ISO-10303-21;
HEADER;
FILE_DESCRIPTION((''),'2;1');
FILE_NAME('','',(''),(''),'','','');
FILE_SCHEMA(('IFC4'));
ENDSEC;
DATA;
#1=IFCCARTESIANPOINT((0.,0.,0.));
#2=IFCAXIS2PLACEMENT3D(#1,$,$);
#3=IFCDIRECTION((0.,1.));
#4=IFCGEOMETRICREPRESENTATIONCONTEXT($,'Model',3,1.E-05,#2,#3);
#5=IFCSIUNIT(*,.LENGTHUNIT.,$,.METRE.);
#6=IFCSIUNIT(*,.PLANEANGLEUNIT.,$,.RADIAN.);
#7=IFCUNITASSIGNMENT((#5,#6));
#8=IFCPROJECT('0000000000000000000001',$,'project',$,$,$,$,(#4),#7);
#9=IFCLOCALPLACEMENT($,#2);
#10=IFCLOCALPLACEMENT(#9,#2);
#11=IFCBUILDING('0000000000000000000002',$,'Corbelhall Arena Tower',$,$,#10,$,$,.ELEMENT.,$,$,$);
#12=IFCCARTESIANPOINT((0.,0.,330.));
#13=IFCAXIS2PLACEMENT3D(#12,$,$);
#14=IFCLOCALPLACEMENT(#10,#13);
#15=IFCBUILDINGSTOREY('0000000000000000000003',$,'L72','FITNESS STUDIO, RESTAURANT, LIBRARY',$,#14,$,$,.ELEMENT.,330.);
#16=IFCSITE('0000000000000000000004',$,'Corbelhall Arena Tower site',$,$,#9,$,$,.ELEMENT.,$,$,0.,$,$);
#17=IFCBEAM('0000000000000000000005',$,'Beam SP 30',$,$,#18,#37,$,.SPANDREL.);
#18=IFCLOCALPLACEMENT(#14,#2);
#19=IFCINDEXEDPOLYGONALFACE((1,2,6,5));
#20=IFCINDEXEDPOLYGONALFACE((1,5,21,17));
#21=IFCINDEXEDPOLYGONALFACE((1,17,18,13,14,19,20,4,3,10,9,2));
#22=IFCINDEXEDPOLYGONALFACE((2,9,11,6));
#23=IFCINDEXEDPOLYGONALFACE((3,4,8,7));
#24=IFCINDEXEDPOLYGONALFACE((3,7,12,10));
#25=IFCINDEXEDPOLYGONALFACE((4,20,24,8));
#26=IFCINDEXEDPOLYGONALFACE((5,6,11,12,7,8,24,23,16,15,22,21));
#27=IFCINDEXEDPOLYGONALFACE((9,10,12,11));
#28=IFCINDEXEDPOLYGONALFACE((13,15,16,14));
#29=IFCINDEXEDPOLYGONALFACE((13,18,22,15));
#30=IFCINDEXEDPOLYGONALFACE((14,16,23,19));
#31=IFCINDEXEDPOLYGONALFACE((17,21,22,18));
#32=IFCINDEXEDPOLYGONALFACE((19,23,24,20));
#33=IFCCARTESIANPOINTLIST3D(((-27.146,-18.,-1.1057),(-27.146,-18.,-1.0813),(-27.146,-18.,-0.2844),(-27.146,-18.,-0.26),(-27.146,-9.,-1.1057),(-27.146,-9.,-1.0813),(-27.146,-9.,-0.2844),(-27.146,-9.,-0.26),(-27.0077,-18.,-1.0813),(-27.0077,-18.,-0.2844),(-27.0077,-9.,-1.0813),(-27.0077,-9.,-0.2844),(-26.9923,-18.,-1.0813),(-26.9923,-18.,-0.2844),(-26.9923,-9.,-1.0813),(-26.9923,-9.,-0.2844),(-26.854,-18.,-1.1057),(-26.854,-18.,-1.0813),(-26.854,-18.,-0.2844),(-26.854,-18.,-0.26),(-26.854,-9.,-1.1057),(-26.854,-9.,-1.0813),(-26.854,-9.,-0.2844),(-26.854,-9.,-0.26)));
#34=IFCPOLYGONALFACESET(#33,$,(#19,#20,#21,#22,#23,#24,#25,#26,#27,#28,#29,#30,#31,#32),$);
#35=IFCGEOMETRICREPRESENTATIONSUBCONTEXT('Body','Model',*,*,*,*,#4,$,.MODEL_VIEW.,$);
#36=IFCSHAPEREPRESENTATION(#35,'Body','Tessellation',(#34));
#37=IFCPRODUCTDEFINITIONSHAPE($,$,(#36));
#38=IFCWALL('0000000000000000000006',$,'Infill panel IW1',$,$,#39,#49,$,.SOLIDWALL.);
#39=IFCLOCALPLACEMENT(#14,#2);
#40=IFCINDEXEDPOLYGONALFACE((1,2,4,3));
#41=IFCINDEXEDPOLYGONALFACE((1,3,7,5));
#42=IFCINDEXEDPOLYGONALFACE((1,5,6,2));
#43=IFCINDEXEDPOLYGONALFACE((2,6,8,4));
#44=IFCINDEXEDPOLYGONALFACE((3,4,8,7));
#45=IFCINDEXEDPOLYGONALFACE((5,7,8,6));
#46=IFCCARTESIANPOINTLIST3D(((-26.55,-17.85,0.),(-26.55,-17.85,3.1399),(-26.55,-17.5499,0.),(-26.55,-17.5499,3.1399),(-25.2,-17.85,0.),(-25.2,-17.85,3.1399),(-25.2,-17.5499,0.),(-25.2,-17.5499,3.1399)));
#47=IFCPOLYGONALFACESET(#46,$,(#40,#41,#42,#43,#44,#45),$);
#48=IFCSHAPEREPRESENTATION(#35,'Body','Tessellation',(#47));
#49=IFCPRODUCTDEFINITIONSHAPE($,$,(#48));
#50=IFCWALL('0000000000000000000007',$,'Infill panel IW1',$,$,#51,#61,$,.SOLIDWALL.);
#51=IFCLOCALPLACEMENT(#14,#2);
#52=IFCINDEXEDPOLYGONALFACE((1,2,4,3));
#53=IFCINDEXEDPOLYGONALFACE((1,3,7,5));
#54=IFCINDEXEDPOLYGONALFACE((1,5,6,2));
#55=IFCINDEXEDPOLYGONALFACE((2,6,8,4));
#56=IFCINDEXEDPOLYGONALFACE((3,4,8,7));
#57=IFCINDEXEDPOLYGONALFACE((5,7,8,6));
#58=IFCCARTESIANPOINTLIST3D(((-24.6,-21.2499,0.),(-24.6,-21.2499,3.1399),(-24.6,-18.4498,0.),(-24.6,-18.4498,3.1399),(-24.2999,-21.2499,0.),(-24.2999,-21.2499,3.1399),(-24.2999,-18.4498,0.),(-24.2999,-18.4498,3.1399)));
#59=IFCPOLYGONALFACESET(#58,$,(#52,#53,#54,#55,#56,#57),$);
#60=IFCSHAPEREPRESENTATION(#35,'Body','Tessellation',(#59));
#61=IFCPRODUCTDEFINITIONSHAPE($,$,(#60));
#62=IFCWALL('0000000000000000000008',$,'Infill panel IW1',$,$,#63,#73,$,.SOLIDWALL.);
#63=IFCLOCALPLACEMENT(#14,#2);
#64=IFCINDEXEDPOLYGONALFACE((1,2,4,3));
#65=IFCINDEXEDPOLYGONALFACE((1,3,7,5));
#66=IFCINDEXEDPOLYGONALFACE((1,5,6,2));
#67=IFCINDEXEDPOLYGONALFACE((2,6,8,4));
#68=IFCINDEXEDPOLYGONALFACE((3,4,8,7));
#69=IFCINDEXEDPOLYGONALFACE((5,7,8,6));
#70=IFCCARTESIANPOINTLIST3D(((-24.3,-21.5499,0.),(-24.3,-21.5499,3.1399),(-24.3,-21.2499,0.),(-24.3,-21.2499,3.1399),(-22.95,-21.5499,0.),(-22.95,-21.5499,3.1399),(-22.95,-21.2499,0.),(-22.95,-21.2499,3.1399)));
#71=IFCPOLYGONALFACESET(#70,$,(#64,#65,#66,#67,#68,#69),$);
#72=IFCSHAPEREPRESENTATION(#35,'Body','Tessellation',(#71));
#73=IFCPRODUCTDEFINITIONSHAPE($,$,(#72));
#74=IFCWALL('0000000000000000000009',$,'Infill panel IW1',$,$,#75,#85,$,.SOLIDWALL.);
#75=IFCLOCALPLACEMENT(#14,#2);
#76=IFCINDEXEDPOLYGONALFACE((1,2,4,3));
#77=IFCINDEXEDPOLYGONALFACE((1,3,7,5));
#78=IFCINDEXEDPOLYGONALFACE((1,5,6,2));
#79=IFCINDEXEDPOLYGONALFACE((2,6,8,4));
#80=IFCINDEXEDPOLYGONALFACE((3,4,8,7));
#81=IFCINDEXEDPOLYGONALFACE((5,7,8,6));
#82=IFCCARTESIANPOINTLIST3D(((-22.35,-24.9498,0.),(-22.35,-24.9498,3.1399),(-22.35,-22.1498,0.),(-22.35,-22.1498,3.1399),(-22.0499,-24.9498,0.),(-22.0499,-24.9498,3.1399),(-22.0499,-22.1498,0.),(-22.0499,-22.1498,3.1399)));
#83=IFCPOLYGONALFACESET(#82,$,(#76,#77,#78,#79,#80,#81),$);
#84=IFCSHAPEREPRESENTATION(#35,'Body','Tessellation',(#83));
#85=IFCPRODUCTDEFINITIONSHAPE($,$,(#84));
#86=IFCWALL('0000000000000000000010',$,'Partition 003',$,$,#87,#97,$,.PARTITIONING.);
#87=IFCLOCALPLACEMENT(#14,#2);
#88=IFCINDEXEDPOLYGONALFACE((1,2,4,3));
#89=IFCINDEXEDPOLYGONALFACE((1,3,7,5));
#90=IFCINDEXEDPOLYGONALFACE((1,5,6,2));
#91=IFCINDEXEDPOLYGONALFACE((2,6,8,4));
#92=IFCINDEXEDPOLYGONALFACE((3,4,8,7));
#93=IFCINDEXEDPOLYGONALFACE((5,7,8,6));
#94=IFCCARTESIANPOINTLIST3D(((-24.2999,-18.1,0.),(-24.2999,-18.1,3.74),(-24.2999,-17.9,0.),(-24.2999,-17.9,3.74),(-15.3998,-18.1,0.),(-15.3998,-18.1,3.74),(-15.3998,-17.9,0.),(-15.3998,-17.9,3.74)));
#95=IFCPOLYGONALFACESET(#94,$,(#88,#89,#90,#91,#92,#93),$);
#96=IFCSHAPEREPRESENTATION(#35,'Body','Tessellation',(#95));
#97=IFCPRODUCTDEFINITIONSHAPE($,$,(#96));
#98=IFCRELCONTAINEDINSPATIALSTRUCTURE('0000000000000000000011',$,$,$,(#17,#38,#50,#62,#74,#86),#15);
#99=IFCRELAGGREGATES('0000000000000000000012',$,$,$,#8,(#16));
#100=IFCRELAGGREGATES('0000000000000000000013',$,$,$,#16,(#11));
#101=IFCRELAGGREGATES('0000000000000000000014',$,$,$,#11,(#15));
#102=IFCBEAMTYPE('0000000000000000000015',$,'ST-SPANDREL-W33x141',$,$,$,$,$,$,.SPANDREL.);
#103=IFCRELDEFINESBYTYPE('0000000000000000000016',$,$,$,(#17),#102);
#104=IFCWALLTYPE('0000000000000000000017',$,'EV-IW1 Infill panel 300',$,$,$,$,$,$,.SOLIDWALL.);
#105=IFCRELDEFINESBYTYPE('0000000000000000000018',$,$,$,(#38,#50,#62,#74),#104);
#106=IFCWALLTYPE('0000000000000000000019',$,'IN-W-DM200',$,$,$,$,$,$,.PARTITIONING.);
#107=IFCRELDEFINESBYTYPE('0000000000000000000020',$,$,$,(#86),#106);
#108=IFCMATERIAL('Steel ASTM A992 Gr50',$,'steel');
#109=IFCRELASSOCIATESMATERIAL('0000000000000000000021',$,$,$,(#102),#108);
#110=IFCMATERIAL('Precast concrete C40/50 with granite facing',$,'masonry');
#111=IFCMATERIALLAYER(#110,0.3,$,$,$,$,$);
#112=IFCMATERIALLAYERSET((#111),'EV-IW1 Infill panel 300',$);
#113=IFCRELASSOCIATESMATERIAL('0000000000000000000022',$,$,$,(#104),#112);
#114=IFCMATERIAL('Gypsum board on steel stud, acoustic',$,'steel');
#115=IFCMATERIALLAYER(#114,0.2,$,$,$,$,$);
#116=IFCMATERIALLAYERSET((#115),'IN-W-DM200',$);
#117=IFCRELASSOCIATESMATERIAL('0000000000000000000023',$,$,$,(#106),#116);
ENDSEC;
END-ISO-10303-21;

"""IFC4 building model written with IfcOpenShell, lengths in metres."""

from ifc_helpers import new_model, si_unit, direction, frame, frame_2d, origin, origin_2d, place, context, subcontext, project, spatial, rectangle, i_section, extrude, material, layer, layer_set, material_profile, profile_set, type_object, element, save


model = new_model("IFC4")

# Units and contexts
model_context = context("Model", 3, precision=1e-05, world=origin(), true_north=direction((0.0, 1.0)))
body_context = subcontext(model_context, "Body", "Model", "MODEL_VIEW")
ifc_project = project(units=[si_unit("LENGTHUNIT", "METRE"), si_unit("PLANEANGLEUNIT", "RADIAN")], contexts=[model_context])

# Site, building, storey
site_placement = place(None, origin())
site = spatial("IfcSite", under=ifc_project, at=site_placement, Name="Corbelhall Arena Tower site", CompositionType="ELEMENT", RefElevation=0.0)
building_placement = place(site_placement, origin())
building = spatial("IfcBuilding", under=site, at=building_placement, Name="Corbelhall Arena Tower", CompositionType="ELEMENT")
storey_placement = place(building_placement, frame((0.0, 0.0, 330.0)))
storey = spatial("IfcBuildingStorey", under=building, at=storey_placement, Name="L72", Description="FITNESS STUDIO, RESTAURANT, LIBRARY", CompositionType="ELEMENT", Elevation=330.0)

# Beam
ifc_material_1 = material(Name="Steel ASTM A992 Gr50", Category="steel")
ifc_material_profile_1 = material_profile(ifc_material_1, i_section(OverallWidth=0.292, OverallDepth=0.8457, WebThickness=0.0154, FlangeThickness=0.0244, at=origin_2d()))
ifc_profile_set_1 = profile_set([ifc_material_profile_1], Name="Steel ASTM A992 Gr50")
beam_type_1 = type_object("IfcBeamType", Name="ST-SPANDREL-W33x141", PredefinedType="SPANDREL", material=ifc_profile_set_1)
beam_1_placement = place(storey_placement, frame((-27.0, -18.0, -0.6829), z_axis=(0.0, 1.0, 0.0), x_axis=(-1.0, 0.0, 0.0)))
element("IfcBeam", 1, at=beam_1_placement, inside=storey, type_object=beam_type_1, Name="Beam SP 30", PredefinedType="SPANDREL", context=body_context, shape_type="SweptSolid", body=[
    extrude(i_section(OverallWidth=0.292, OverallDepth=0.8457, WebThickness=0.0154, FlangeThickness=0.0244, at=origin_2d()), origin(), (0.0, 0.0, 1.0), 9.0),
])

# Walls
ifc_material_2 = material(Name="Precast concrete C40/50 with granite facing", Category="masonry")
ifc_layer_1 = layer(ifc_material_2, 0.3)
ifc_layer_set_1 = layer_set([ifc_layer_1], Name="EV-IW1 Infill panel 300")
wall_type_1 = type_object("IfcWallType", Name="EV-IW1 Infill panel 300", PredefinedType="SOLIDWALL", material=ifc_layer_set_1)
wall_1_placement = place(storey_placement, frame((-26.55, -17.7, 0.0), z_axis=(0.0, 0.0, 1.0), x_axis=(1.0, 0.0, 0.0)))
element("IfcWall", 2, at=wall_1_placement, inside=storey, type_object=wall_type_1, Name="Infill panel IW1", PredefinedType="SOLIDWALL", context=body_context, shape_type="SweptSolid", body=[
    extrude(rectangle(XDim=1.3501, YDim=0.3, at=frame_2d((0.675, 0.0))), origin(), (0.0, 0.0, 1.0), 3.1399),
])
wall_2_placement = place(storey_placement, frame((-24.45, -18.45, 0.0), z_axis=(0.0, 0.0, 1.0), x_axis=(0.0, -1.0, 0.0)))
element("IfcWall", 3, at=wall_2_placement, inside=storey, type_object=wall_type_1, Name="Infill panel IW1", PredefinedType="SOLIDWALL", context=body_context, shape_type="SweptSolid", body=[
    extrude(rectangle(XDim=2.8, YDim=0.3, at=frame_2d((1.3999, 0.0))), origin(), (0.0, 0.0, 1.0), 3.1399),
])
wall_3_placement = place(storey_placement, frame((-24.3, -21.3999, 0.0), z_axis=(0.0, 0.0, 1.0), x_axis=(1.0, 0.0, 0.0)))
element("IfcWall", 4, at=wall_3_placement, inside=storey, type_object=wall_type_1, Name="Infill panel IW1", PredefinedType="SOLIDWALL", context=body_context, shape_type="SweptSolid", body=[
    extrude(rectangle(XDim=1.3501, YDim=0.3, at=frame_2d((0.675, 0.0))), origin(), (0.0, 0.0, 1.0), 3.1399),
])
wall_4_placement = place(storey_placement, frame((-22.2, -22.1499, 0.0), z_axis=(0.0, 0.0, 1.0), x_axis=(0.0, -1.0, 0.0)))
element("IfcWall", 5, at=wall_4_placement, inside=storey, type_object=wall_type_1, Name="Infill panel IW1", PredefinedType="SOLIDWALL", context=body_context, shape_type="SweptSolid", body=[
    extrude(rectangle(XDim=2.8, YDim=0.3, at=frame_2d((1.3999, 0.0))), origin(), (0.0, 0.0, 1.0), 3.1399),
])

# Wall
ifc_material_3 = material(Name="Gypsum board on steel stud, acoustic", Category="steel")
ifc_layer_2 = layer(ifc_material_3, 0.2)
ifc_layer_set_2 = layer_set([ifc_layer_2], Name="IN-W-DM200")
wall_type_2 = type_object("IfcWallType", Name="IN-W-DM200", PredefinedType="PARTITIONING", material=ifc_layer_set_2)
wall_5_placement = place(storey_placement, frame((-24.3, -18.0, 0.0), z_axis=(0.0, 0.0, 1.0), x_axis=(1.0, 0.0, 0.0)))
element("IfcWall", 6, at=wall_5_placement, inside=storey, type_object=wall_type_2, Name="Partition 003", PredefinedType="PARTITIONING", context=body_context, shape_type="SweptSolid", body=[
    extrude(rectangle(XDim=8.9001, YDim=0.2, at=frame_2d((4.4502, 0.0))), origin(), (0.0, 0.0, 1.0), 3.74),
])

save(model, "model.ifc")
